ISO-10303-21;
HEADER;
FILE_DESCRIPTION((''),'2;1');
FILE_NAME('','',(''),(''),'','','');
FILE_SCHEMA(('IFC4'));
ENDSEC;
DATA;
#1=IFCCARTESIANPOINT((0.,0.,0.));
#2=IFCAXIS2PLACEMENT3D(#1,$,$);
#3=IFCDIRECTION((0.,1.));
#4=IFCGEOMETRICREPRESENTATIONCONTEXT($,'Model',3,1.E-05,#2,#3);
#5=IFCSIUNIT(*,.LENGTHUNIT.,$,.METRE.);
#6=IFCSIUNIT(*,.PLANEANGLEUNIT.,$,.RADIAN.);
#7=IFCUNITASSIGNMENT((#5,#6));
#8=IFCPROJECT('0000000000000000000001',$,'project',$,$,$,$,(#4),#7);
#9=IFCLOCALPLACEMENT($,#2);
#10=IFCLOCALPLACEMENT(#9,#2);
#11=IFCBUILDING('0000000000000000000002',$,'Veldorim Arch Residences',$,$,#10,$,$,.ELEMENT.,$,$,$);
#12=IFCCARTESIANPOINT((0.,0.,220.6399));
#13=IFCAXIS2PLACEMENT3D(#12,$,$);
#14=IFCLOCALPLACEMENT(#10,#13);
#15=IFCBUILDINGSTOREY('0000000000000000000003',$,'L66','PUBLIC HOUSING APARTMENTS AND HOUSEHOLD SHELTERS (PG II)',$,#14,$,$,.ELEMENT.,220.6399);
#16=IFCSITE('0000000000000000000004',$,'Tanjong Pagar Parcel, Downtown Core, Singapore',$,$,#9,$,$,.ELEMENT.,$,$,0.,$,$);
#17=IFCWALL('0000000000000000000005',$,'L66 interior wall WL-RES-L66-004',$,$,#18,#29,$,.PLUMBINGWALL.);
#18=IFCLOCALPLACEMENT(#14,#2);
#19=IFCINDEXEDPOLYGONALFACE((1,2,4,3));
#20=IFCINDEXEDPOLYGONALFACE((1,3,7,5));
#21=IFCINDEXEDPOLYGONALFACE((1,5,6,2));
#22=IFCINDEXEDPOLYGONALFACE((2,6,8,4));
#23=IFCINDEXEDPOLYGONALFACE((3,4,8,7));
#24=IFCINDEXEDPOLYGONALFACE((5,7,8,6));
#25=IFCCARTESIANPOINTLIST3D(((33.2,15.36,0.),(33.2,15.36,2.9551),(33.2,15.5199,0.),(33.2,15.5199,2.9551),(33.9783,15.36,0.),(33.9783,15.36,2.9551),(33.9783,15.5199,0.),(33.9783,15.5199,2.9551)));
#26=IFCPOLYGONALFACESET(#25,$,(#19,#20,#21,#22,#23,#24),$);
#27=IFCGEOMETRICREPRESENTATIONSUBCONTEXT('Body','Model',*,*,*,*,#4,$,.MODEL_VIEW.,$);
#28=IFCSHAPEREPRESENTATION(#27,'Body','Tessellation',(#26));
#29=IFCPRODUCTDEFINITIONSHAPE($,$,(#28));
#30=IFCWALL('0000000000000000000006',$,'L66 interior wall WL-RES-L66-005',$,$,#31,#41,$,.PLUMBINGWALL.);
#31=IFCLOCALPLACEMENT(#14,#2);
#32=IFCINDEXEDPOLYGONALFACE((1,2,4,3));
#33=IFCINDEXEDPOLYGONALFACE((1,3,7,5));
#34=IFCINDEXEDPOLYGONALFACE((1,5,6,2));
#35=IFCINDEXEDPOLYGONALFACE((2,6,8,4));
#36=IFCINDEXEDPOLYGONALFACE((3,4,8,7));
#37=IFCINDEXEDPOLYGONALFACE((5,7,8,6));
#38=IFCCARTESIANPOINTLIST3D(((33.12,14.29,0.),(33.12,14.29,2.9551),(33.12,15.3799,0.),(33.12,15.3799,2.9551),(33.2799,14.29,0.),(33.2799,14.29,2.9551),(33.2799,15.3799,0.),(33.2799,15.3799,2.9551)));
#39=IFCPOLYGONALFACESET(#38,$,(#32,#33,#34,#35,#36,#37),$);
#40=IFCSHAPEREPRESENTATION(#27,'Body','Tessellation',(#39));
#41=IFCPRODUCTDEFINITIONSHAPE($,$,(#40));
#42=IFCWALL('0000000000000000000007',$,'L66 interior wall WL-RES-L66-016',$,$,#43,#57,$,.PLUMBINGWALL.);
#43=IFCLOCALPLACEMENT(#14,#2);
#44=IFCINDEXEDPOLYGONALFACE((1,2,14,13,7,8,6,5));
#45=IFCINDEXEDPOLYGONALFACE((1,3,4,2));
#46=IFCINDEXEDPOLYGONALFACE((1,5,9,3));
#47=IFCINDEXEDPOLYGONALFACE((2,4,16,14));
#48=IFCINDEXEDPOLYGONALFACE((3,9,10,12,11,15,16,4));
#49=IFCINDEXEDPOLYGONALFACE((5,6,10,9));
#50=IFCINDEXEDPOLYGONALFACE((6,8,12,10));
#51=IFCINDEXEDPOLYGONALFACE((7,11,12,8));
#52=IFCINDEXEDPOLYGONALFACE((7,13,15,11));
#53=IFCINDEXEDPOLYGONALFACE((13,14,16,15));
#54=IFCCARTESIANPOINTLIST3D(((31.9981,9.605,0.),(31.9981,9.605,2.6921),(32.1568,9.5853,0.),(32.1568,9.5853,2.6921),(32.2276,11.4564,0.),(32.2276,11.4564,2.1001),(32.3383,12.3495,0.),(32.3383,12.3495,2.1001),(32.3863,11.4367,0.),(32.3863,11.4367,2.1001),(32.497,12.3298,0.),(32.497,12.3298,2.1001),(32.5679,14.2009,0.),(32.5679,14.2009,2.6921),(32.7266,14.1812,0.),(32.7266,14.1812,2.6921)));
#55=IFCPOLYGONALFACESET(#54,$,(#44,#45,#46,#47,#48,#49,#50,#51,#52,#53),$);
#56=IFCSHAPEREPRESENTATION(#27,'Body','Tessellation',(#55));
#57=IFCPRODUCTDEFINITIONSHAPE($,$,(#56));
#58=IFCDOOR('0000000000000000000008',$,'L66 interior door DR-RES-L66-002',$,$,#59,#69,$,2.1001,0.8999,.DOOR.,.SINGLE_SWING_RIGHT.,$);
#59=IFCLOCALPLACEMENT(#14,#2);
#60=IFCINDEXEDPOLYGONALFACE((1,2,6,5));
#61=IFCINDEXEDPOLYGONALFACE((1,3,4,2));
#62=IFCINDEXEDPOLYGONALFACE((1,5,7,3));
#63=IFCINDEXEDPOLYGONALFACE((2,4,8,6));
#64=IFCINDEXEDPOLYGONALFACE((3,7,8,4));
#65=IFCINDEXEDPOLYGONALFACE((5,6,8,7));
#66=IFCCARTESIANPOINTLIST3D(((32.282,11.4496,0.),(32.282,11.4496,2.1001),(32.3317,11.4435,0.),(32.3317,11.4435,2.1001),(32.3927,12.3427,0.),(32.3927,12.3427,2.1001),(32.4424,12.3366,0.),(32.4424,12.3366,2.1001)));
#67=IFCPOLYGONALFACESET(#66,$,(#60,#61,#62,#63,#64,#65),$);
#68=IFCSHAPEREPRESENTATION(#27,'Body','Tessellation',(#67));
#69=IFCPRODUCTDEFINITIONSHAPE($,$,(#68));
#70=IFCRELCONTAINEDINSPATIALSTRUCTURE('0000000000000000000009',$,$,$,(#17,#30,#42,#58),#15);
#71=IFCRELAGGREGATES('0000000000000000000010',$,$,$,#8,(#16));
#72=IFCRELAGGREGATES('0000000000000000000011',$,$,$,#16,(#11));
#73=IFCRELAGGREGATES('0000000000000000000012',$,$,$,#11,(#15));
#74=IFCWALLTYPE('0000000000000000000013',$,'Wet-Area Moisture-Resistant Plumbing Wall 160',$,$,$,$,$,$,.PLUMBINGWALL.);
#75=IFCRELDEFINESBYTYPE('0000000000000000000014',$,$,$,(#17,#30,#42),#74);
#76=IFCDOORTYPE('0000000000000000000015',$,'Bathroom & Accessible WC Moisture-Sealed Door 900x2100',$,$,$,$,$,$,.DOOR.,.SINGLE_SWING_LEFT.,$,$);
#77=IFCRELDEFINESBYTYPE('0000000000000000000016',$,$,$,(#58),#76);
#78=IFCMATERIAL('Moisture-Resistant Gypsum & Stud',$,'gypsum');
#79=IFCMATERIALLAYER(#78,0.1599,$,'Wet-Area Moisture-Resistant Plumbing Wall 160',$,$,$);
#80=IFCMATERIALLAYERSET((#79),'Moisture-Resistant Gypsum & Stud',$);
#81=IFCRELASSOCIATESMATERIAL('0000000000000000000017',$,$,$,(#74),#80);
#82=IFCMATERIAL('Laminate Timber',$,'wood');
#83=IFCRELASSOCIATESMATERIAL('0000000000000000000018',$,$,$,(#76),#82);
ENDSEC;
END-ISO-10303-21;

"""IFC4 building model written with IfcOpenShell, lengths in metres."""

from ifc_helpers import new_model, si_unit, direction, frame, frame_2d, origin, place, context, subcontext, project, spatial, rectangle, extrude, material, layer, layer_set, type_object, element, fill, save


model = new_model("IFC4")

# Units and contexts
model_context = context("Model", 3, precision=1e-05, world=origin(), true_north=direction((0.0, 1.0)))
body_context = subcontext(model_context, "Body", "Model", "MODEL_VIEW")
ifc_project = project(units=[si_unit("LENGTHUNIT", "METRE"), si_unit("PLANEANGLEUNIT", "RADIAN")], contexts=[model_context])

# Site, building, storey
site_placement = place(None, origin())
site = spatial("IfcSite", under=ifc_project, at=site_placement, Name="Tanjong Pagar Parcel, Downtown Core, Singapore", CompositionType="ELEMENT", RefElevation=0.0)
building_placement = place(site_placement, origin())
building = spatial("IfcBuilding", under=site, at=building_placement, Name="Veldorim Arch Residences", CompositionType="ELEMENT")
storey_placement = place(building_placement, frame((0.0, 0.0, 220.6399)))
storey = spatial("IfcBuildingStorey", under=building, at=storey_placement, Name="L66", Description="PUBLIC HOUSING APARTMENTS AND HOUSEHOLD SHELTERS (PG II)", CompositionType="ELEMENT", Elevation=220.6399)

# Walls
ifc_material_1 = material(Name="Moisture-Resistant Gypsum & Stud", Category="gypsum")
ifc_layer_1 = layer(ifc_material_1, 0.1599, Name="Wet-Area Moisture-Resistant Plumbing Wall 160")
ifc_layer_set_1 = layer_set([ifc_layer_1], Name="Moisture-Resistant Gypsum & Stud")
wall_type_1 = type_object("IfcWallType", Name="Wet-Area Moisture-Resistant Plumbing Wall 160", PredefinedType="PLUMBINGWALL", material=ifc_layer_set_1)
wall_1_placement = place(storey_placement, frame((33.9783, 15.4399, 0.0), z_axis=(0.0, 0.0, 1.0), x_axis=(-1.0, 0.0, 0.0)))
element("IfcWall", 1, at=wall_1_placement, inside=storey, type_object=wall_type_1, Name="L66 interior wall WL-RES-L66-004", PredefinedType="PLUMBINGWALL", context=body_context, shape_type="SweptSolid", body=[
    extrude(rectangle(XDim=0.7783, YDim=0.1599, at=frame_2d((0.3892, 0.0))), origin(), (0.0, 0.0, 1.0), 2.9551),
])
wall_2_placement = place(storey_placement, frame((33.2, 15.3799, 0.0), z_axis=(0.0, 0.0, 1.0), x_axis=(0.0, -1.0, 0.0)))
element("IfcWall", 2, at=wall_2_placement, inside=storey, type_object=wall_type_1, Name="L66 interior wall WL-RES-L66-005", PredefinedType="PLUMBINGWALL", context=body_context, shape_type="SweptSolid", body=[
    extrude(rectangle(XDim=1.0898, YDim=0.1599, at=frame_2d((0.5449, 0.0))), origin(), (0.0, 0.0, 1.0), 2.9551),
])

# Wall, opening, door
wall_3_placement = place(storey_placement, frame((32.6472, 14.1909, 0.0), z_axis=(0.0, 0.0, 1.0), x_axis=(-0.123042, -0.992401, 0.0)))
wall_3 = element("IfcWall", 3, at=wall_3_placement, inside=storey, type_object=wall_type_1, Name="L66 interior wall WL-RES-L66-016", PredefinedType="PLUMBINGWALL", context=body_context, shape_type="SweptSolid", body=[
    extrude(rectangle(XDim=4.6311, YDim=0.1599, at=frame_2d((2.3154, 0.0))), origin(), (0.0, 0.0, 1.0), 2.6921),
])
opening_1_placement = place(wall_3_placement, frame((1.8655, 0.0, 0.0)))
opening_1 = element("IfcOpeningElement", 4, at=opening_1_placement, cuts=wall_3, PredefinedType="OPENING", context=body_context, shape_type="SweptSolid", body=[
    extrude(rectangle(XDim=0.8999, YDim=2.1001, at=frame_2d((0.45, 1.05))), frame((0.0, 0.0898, 0.0), z_axis=(0.0, -1.0, 0.0), x_axis=(1.0, 0.0, 0.0)), (0.0, 0.0, 1.0), 0.1799),
])
ifc_material_2 = material(Name="Laminate Timber", Category="wood")
door_type = type_object("IfcDoorType", Name="Bathroom & Accessible WC Moisture-Sealed Door 900x2100", OperationType="SINGLE_SWING_LEFT", PredefinedType="DOOR", material=ifc_material_2)
door_placement = place(opening_1_placement, origin())
door = element("IfcDoor", 5, at=door_placement, inside=storey, type_object=door_type, Name="L66 interior door DR-RES-L66-002", OperationType="SINGLE_SWING_RIGHT", OverallHeight=2.1001, OverallWidth=0.8999, PredefinedType="DOOR", context=body_context, shape_type="SweptSolid", body=[
    extrude(rectangle(XDim=0.8999, YDim=2.1001, at=frame_2d((0.45, 1.05))), frame((0.0, 0.0249, 0.0), z_axis=(0.0, -1.0, 0.0), x_axis=(1.0, 0.0, 0.0)), (0.0, 0.0, 1.0), 0.05),
])
fill(opening_1, door)

save(model, "model.ifc")
